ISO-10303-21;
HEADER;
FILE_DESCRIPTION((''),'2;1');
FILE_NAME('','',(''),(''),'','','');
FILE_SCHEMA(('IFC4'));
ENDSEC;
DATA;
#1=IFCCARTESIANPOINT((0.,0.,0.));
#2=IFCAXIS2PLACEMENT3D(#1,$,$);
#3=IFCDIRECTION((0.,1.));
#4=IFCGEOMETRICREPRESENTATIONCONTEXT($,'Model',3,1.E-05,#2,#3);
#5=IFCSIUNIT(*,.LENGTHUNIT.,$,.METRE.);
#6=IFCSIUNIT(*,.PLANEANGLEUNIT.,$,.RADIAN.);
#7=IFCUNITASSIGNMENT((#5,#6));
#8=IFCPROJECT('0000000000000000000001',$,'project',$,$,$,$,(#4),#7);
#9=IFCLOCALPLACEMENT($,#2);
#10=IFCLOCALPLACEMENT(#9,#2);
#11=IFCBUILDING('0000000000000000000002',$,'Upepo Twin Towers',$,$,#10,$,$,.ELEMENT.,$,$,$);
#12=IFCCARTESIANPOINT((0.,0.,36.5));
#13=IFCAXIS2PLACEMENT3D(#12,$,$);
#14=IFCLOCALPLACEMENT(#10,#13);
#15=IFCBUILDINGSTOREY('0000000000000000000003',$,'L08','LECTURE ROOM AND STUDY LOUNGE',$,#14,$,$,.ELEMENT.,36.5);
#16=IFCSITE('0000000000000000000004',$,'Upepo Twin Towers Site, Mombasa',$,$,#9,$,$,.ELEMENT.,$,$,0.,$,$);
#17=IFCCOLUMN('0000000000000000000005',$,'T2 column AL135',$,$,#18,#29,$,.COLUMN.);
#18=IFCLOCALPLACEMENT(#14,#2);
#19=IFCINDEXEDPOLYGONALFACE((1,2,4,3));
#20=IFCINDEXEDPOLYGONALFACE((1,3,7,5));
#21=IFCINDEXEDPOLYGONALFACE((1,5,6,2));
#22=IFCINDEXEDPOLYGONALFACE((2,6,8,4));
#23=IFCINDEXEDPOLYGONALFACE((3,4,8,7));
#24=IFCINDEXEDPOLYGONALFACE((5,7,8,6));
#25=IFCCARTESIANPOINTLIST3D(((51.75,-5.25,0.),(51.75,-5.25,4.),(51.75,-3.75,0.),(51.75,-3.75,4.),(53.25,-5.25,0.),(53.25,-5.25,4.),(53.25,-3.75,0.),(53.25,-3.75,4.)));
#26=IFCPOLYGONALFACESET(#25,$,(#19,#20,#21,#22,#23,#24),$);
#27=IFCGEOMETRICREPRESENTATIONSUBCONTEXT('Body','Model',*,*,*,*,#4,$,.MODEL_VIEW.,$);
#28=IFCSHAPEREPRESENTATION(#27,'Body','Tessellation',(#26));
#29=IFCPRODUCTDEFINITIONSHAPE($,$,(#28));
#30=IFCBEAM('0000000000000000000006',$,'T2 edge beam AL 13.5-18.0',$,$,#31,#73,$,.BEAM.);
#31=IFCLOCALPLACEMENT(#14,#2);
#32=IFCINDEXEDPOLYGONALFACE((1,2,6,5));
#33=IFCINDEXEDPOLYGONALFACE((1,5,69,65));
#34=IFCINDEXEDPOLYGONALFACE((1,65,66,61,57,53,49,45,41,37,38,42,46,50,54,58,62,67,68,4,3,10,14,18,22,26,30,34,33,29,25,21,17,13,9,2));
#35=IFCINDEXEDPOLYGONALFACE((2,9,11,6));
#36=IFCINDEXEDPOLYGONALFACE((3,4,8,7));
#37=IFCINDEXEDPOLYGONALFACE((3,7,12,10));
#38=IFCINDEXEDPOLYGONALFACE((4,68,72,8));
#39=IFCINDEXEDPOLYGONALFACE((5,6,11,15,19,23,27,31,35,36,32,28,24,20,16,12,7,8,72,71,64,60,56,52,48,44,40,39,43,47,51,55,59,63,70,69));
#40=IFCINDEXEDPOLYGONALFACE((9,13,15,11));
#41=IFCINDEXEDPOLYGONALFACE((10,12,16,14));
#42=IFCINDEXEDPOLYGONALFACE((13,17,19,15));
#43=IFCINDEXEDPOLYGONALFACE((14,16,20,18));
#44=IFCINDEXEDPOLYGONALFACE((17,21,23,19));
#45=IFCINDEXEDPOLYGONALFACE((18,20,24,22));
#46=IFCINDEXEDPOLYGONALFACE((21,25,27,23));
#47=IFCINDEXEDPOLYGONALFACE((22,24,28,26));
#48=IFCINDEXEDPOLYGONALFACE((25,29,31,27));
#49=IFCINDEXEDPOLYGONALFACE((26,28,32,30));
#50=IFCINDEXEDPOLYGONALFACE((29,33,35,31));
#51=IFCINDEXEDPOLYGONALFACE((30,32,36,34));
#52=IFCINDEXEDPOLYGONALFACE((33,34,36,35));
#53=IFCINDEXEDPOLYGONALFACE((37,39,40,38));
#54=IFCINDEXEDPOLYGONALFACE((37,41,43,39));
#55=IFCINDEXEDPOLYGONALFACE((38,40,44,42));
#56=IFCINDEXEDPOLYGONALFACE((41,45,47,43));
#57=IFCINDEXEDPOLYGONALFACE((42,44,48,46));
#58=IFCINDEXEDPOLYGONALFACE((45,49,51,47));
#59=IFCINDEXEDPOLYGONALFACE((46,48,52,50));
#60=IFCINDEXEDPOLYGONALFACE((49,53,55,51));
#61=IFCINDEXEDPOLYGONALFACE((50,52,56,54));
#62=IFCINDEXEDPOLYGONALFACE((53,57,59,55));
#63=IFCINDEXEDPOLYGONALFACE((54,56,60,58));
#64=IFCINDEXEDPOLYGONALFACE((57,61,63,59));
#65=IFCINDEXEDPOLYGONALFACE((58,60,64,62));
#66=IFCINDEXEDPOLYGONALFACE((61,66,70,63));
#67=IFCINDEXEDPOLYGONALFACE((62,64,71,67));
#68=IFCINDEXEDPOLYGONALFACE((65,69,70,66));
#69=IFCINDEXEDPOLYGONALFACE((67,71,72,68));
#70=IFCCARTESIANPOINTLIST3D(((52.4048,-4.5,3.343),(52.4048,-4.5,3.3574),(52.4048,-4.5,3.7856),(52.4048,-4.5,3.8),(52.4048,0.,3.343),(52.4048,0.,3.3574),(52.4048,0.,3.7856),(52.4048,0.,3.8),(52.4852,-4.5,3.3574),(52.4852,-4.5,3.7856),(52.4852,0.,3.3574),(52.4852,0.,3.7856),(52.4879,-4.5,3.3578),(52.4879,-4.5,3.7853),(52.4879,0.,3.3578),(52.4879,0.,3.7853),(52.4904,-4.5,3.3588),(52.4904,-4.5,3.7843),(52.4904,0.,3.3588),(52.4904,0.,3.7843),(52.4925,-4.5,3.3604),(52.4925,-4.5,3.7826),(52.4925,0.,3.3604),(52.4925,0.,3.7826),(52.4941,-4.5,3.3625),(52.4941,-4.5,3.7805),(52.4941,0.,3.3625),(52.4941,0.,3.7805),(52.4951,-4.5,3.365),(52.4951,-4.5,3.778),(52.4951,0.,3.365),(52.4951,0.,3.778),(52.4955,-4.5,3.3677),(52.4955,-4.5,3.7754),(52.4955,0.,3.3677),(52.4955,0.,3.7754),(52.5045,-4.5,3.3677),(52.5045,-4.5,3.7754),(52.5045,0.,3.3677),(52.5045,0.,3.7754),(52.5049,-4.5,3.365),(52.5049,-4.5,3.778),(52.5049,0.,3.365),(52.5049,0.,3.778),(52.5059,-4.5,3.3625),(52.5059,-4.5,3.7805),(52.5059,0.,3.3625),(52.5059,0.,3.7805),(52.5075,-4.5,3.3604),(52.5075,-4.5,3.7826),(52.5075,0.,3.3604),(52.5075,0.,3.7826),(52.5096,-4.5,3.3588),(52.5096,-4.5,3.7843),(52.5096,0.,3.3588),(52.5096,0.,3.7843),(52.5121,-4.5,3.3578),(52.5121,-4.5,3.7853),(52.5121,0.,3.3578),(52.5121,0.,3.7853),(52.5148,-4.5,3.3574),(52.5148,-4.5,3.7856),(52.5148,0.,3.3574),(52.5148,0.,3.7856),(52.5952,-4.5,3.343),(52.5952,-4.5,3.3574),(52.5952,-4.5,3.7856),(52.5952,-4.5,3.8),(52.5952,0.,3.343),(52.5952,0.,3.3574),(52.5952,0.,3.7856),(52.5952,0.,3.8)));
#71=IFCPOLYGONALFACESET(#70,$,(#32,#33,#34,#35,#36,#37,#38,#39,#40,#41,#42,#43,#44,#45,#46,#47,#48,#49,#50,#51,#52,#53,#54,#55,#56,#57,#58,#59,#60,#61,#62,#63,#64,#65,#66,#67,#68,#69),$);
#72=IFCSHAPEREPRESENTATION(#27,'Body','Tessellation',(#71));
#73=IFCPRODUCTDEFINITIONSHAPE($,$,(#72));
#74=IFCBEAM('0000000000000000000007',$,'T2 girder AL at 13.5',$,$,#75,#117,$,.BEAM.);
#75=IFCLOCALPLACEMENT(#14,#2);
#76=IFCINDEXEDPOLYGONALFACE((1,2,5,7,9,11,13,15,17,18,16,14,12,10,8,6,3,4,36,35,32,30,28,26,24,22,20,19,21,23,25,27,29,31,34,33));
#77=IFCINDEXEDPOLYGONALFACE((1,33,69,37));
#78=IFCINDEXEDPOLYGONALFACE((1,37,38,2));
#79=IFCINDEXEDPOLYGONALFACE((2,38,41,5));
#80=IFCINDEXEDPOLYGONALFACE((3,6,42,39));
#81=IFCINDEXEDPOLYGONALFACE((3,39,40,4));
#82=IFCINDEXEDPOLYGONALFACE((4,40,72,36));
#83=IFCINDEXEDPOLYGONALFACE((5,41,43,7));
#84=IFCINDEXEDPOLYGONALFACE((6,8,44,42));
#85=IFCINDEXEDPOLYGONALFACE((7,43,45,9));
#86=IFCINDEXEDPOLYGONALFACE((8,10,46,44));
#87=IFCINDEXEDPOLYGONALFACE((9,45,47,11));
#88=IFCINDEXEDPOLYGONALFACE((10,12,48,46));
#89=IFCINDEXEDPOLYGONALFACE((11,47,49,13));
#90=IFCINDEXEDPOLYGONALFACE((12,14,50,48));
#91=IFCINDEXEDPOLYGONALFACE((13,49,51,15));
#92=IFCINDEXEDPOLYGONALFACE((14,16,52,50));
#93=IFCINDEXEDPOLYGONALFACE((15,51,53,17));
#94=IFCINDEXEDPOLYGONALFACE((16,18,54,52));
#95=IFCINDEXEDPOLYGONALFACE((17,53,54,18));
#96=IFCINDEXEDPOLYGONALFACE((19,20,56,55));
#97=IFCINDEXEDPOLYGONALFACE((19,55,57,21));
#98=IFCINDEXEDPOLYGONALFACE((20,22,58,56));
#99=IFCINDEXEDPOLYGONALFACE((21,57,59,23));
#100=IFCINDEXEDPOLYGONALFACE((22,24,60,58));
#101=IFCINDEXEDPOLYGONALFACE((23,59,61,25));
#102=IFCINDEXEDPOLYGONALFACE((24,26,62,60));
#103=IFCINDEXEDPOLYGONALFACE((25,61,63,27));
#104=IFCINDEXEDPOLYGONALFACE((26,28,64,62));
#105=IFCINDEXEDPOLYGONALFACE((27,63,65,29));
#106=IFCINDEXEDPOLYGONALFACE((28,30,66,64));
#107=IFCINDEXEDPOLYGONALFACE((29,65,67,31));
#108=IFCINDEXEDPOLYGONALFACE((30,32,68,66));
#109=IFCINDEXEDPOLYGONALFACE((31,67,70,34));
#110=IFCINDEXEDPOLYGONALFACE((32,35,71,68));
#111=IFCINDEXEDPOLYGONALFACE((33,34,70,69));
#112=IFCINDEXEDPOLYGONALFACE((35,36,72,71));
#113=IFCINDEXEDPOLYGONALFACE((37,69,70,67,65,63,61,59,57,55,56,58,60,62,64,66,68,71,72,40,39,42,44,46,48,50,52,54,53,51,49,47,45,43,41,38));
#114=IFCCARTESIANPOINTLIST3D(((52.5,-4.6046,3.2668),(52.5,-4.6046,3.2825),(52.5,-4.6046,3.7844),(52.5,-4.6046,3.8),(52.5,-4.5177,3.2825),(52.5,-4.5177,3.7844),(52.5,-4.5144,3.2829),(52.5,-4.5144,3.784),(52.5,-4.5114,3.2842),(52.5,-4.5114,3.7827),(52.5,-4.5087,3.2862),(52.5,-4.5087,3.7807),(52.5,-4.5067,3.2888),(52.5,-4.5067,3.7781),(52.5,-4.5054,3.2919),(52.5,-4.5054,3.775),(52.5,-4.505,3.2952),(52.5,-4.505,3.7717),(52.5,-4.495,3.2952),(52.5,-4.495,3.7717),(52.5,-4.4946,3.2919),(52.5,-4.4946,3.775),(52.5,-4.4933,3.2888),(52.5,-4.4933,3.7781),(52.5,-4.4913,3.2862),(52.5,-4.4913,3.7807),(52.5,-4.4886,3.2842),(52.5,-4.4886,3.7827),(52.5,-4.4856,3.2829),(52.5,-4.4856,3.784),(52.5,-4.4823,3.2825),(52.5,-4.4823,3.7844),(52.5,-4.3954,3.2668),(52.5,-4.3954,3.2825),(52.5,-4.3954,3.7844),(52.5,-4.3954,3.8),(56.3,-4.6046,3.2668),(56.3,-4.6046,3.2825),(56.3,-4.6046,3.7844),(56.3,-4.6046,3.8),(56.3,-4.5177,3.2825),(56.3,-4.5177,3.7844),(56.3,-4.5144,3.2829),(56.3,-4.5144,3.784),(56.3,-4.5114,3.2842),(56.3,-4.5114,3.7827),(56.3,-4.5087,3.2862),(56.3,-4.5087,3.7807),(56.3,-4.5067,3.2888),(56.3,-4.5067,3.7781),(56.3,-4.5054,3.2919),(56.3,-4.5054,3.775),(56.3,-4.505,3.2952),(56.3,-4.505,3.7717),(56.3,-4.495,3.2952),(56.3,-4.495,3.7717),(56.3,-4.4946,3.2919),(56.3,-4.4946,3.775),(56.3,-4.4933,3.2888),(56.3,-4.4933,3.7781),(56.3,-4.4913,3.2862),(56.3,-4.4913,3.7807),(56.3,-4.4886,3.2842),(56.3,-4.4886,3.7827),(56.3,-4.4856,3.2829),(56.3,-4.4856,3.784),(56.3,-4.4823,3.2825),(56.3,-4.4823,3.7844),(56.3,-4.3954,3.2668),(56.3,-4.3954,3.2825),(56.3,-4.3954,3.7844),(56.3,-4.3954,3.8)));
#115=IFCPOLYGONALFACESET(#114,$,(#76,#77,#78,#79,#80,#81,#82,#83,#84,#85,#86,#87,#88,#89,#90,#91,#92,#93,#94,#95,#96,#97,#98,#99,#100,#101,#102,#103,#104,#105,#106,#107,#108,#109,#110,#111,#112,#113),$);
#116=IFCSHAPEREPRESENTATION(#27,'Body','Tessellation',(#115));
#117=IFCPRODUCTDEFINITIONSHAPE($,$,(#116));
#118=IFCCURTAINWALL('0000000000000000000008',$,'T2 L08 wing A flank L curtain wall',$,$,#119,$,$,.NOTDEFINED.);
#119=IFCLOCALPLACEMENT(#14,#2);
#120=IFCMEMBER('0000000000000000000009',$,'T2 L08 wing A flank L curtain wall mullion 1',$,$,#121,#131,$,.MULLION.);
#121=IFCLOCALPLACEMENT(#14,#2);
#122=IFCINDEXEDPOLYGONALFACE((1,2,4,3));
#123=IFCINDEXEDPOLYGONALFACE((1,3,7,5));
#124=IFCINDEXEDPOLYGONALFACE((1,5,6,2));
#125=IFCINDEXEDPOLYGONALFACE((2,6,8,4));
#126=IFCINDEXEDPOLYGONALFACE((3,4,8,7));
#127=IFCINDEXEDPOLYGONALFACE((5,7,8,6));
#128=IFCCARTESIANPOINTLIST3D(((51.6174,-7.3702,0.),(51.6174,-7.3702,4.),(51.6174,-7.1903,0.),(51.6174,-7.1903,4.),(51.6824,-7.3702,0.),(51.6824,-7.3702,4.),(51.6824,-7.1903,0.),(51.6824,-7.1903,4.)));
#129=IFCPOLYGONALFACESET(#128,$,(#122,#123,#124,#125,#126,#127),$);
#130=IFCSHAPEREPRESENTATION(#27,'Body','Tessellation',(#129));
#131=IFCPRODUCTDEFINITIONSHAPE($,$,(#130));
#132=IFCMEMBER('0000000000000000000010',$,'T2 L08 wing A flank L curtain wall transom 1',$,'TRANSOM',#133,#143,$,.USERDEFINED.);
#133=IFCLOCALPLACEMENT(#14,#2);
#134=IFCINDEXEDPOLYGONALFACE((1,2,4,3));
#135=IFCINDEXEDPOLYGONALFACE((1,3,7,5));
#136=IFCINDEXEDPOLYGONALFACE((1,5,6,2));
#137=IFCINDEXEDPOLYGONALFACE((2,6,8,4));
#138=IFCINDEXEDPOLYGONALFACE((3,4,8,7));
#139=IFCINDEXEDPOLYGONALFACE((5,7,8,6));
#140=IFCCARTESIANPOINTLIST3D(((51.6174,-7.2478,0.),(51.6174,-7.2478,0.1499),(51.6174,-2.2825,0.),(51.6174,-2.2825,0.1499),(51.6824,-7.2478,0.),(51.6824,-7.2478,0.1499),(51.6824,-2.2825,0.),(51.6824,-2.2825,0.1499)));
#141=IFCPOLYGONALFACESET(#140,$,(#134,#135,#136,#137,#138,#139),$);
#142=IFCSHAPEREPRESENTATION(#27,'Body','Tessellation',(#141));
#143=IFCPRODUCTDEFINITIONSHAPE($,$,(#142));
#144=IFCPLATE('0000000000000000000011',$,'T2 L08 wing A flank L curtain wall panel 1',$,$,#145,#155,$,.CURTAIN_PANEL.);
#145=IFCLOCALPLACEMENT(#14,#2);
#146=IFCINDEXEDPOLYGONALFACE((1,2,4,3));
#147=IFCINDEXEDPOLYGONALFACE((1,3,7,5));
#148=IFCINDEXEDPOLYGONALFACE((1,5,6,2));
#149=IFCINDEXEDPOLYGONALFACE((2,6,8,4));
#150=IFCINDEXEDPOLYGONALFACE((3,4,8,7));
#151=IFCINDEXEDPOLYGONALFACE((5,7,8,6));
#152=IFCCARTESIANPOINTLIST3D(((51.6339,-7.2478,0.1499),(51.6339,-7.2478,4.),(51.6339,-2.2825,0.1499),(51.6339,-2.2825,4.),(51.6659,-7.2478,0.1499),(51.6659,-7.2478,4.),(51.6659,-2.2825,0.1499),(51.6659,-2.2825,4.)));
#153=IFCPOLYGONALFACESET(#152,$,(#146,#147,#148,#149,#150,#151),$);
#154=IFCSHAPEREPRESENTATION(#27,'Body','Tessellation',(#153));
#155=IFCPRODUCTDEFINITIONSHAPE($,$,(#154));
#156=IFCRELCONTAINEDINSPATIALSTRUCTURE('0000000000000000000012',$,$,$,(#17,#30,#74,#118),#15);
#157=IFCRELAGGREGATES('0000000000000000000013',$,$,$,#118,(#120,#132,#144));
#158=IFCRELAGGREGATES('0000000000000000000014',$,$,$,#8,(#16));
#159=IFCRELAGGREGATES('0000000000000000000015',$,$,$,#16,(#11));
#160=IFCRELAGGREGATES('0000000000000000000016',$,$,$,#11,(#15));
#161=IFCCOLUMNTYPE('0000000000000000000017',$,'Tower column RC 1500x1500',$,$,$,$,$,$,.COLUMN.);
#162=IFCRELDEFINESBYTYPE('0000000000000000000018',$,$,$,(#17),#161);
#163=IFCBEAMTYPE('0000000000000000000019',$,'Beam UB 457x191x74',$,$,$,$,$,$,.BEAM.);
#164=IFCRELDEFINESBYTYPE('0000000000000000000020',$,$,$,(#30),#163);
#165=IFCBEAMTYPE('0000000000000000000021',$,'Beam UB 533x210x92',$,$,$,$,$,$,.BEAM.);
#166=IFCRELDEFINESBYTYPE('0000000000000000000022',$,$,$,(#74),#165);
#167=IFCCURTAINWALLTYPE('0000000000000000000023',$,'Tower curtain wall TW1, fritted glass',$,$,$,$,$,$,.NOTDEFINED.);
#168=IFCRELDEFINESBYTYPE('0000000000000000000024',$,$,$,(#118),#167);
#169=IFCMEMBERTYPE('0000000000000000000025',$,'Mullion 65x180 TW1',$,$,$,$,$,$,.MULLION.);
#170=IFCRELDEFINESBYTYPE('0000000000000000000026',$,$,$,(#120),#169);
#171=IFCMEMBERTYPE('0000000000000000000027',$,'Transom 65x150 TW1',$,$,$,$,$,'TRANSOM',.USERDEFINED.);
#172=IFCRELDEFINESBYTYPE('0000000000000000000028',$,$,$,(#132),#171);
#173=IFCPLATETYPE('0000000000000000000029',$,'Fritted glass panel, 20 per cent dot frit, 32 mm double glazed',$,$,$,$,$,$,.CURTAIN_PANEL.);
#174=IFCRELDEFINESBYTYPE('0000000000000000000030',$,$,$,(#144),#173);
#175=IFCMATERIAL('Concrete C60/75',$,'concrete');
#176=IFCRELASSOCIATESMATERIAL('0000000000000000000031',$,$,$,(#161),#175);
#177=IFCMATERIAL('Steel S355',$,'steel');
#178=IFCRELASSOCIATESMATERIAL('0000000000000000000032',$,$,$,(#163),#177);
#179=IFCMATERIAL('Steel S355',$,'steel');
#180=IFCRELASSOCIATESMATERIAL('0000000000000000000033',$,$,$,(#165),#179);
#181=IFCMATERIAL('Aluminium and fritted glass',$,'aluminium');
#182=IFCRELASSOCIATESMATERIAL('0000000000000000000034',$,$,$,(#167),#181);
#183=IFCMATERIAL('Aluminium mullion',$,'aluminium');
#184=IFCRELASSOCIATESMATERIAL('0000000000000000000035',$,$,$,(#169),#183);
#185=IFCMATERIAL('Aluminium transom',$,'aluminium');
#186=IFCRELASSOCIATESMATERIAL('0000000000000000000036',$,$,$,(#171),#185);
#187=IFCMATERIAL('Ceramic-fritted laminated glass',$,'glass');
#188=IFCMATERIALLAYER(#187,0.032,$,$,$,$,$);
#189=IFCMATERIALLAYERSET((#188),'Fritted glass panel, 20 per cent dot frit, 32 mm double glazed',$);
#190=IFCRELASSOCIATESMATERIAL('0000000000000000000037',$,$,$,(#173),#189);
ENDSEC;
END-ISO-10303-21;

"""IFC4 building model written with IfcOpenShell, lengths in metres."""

from ifc_helpers import new_model, si_unit, direction, frame, origin, origin_2d, place, context, subcontext, project, spatial, rectangle, i_section, extrude, material, layer, layer_set, material_profile, profile_set, type_object, element, aggregate, save


model = new_model("IFC4")

# Units and contexts
model_context = context("Model", 3, precision=1e-05, world=origin(), true_north=direction((0.0, 1.0)))
body_context = subcontext(model_context, "Body", "Model", "MODEL_VIEW")
ifc_project = project(units=[si_unit("LENGTHUNIT", "METRE"), si_unit("PLANEANGLEUNIT", "RADIAN")], contexts=[model_context])

# Site, building, storey
site_placement = place(None, origin())
site = spatial("IfcSite", under=ifc_project, at=site_placement, Name="Upepo Twin Towers Site, Mombasa", CompositionType="ELEMENT", RefElevation=0.0)
building_placement = place(site_placement, origin())
building = spatial("IfcBuilding", under=site, at=building_placement, Name="Upepo Twin Towers", CompositionType="ELEMENT")
storey_placement = place(building_placement, frame((0.0, 0.0, 36.5)))
storey = spatial("IfcBuildingStorey", under=building, at=storey_placement, Name="L08", Description="LECTURE ROOM AND STUDY LOUNGE", CompositionType="ELEMENT", Elevation=36.5)

# Column
ifc_material_1 = material(Name="Concrete C60/75", Category="concrete")
ifc_material_profile_1 = material_profile(ifc_material_1, rectangle(XDim=1.5, YDim=1.5, at=origin_2d()), Name="RC 1500x1500")
ifc_profile_set_1 = profile_set([ifc_material_profile_1], Name="Concrete C60/75")
column_type = type_object("IfcColumnType", Name="Tower column RC 1500x1500", PredefinedType="COLUMN", material=ifc_profile_set_1)
column_placement = place(storey_placement, frame((52.5, -4.5, 0.0), z_axis=(0.0, 0.0, 1.0), x_axis=(1.0, 0.0, 0.0)))
element("IfcColumn", 1, at=column_placement, inside=storey, type_object=column_type, Name="T2 column AL135", PredefinedType="COLUMN", context=body_context, shape_type="SweptSolid", body=[
    extrude(rectangle(XDim=1.5, YDim=1.5, at=origin_2d()), origin(), (0.0, 0.0, 1.0), 4.0),
])

# Beams
ifc_material_2 = material(Name="Steel S355", Category="steel")
ifc_material_profile_2 = material_profile(ifc_material_2, i_section(OverallWidth=0.1904, OverallDepth=0.457, WebThickness=0.009, FlangeThickness=0.0144, FilletRadius=0.0103, at=origin_2d()), Name="UB 457x191x74")
ifc_profile_set_2 = profile_set([ifc_material_profile_2], Name="Steel S355")
beam_type_1 = type_object("IfcBeamType", Name="Beam UB 457x191x74", PredefinedType="BEAM", material=ifc_profile_set_2)
beam_1_placement = place(storey_placement, frame((52.5, -4.5, 3.5715), z_axis=(0.0, 1.0, 0.0), x_axis=(-1.0, 0.0, 0.0)))
element("IfcBeam", 2, at=beam_1_placement, inside=storey, type_object=beam_type_1, Name="T2 edge beam AL 13.5-18.0", PredefinedType="BEAM", context=body_context, shape_type="SweptSolid", body=[
    extrude(i_section(OverallWidth=0.1904, OverallDepth=0.457, WebThickness=0.009, FlangeThickness=0.0144, FilletRadius=0.0103, at=origin_2d()), origin(), (0.0, 0.0, 1.0), 4.5),
])
ifc_material_3 = material(Name="Steel S355", Category="steel")
ifc_material_profile_3 = material_profile(ifc_material_3, i_section(OverallWidth=0.2092, OverallDepth=0.5332, WebThickness=0.01, FlangeThickness=0.0156, FilletRadius=0.0127, at=origin_2d()), Name="UB 533x210x92")
ifc_profile_set_3 = profile_set([ifc_material_profile_3], Name="Steel S355")
beam_type_2 = type_object("IfcBeamType", Name="Beam UB 533x210x92", PredefinedType="BEAM", material=ifc_profile_set_3)
beam_2_placement = place(storey_placement, frame((52.5, -4.5, 3.5334), z_axis=(1.0, 0.0, 0.0), x_axis=(0.0, 1.0, 0.0)))
element("IfcBeam", 3, at=beam_2_placement, inside=storey, type_object=beam_type_2, Name="T2 girder AL at 13.5", PredefinedType="BEAM", context=body_context, shape_type="SweptSolid", body=[
    extrude(i_section(OverallWidth=0.2092, OverallDepth=0.5332, WebThickness=0.01, FlangeThickness=0.0156, FilletRadius=0.0127, at=origin_2d()), origin(), (0.0, 0.0, 1.0), 3.8),
])

# Curtain wall, members, plate
ifc_material_4 = material(Name="Aluminium and fritted glass", Category="aluminium")
curtain_wall_type = type_object("IfcCurtainWallType", Name="Tower curtain wall TW1, fritted glass", PredefinedType="NOTDEFINED", material=ifc_material_4)
curtain_wall_placement = place(storey_placement, origin())
curtain_wall = element("IfcCurtainWall", 4, at=curtain_wall_placement, inside=storey, type_object=curtain_wall_type, Name="T2 L08 wing A flank L curtain wall", PredefinedType="NOTDEFINED")
ifc_material_5 = material(Name="Aluminium mullion", Category="aluminium")
ifc_material_profile_4 = material_profile(ifc_material_5, rectangle(XDim=0.0649, YDim=0.1799, at=origin_2d()), Name="MULLION 65x180")
ifc_profile_set_4 = profile_set([ifc_material_profile_4], Name="Aluminium mullion")
member_type_1 = type_object("IfcMemberType", Name="Mullion 65x180 TW1", PredefinedType="MULLION", material=ifc_profile_set_4)
member_1_placement = place(storey_placement, frame((51.6499, -7.2803, 0.0), z_axis=(0.0, 0.0, 1.0), x_axis=(-1.0, 0.0, 0.0)))
member_1 = element("IfcMember", 5, at=member_1_placement, type_object=member_type_1, Name="T2 L08 wing A flank L curtain wall mullion 1", PredefinedType="MULLION", context=body_context, shape_type="SweptSolid", body=[
    extrude(rectangle(XDim=0.0649, YDim=0.1799, at=origin_2d()), origin(), (0.0, 0.0, 1.0), 4.0),
])
ifc_material_6 = material(Name="Aluminium transom", Category="aluminium")
ifc_material_profile_5 = material_profile(ifc_material_6, rectangle(XDim=0.0649, YDim=0.1499, at=origin_2d()), Name="TRANSOM 65x150")
ifc_profile_set_5 = profile_set([ifc_material_profile_5], Name="Aluminium transom")
member_type_2 = type_object("IfcMemberType", Name="Transom 65x150 TW1", ElementType="TRANSOM", PredefinedType="USERDEFINED", material=ifc_profile_set_5)
member_2_placement = place(storey_placement, frame((51.6499, -7.2478, 0.075), z_axis=(0.0, 1.0, 0.0), x_axis=(-1.0, 0.0, 0.0)))
member_2 = element("IfcMember", 6, at=member_2_placement, type_object=member_type_2, Name="T2 L08 wing A flank L curtain wall transom 1", ObjectType="TRANSOM", PredefinedType="USERDEFINED", context=body_context, shape_type="SweptSolid", body=[
    extrude(rectangle(XDim=0.0649, YDim=0.1499, at=origin_2d()), origin(), (0.0, 0.0, 1.0), 4.9653),
])
ifc_material_7 = material(Name="Ceramic-fritted laminated glass", Category="glass")
ifc_layer_1 = layer(ifc_material_7, 0.032)
ifc_layer_set_1 = layer_set([ifc_layer_1], Name="Fritted glass panel, 20 per cent dot frit, 32 mm double glazed")
plate_type = type_object("IfcPlateType", Name="Fritted glass panel, 20 per cent dot frit, 32 mm double glazed", PredefinedType="CURTAIN_PANEL", material=ifc_layer_set_1)
plate_placement = place(storey_placement, frame((51.6499, -4.7651, 0.1499), z_axis=(0.0, 0.0, 1.0), x_axis=(0.0, 1.0, 0.0)))
plate = element("IfcPlate", 7, at=plate_placement, type_object=plate_type, Name="T2 L08 wing A flank L curtain wall panel 1", PredefinedType="CURTAIN_PANEL", context=body_context, shape_type="SweptSolid", body=[
    extrude(rectangle(XDim=4.9653, YDim=0.032, at=origin_2d()), origin(), (0.0, 0.0, 1.0), 3.8501),
])
aggregate(curtain_wall, [member_1, member_2, plate])

save(model, "model.ifc")
